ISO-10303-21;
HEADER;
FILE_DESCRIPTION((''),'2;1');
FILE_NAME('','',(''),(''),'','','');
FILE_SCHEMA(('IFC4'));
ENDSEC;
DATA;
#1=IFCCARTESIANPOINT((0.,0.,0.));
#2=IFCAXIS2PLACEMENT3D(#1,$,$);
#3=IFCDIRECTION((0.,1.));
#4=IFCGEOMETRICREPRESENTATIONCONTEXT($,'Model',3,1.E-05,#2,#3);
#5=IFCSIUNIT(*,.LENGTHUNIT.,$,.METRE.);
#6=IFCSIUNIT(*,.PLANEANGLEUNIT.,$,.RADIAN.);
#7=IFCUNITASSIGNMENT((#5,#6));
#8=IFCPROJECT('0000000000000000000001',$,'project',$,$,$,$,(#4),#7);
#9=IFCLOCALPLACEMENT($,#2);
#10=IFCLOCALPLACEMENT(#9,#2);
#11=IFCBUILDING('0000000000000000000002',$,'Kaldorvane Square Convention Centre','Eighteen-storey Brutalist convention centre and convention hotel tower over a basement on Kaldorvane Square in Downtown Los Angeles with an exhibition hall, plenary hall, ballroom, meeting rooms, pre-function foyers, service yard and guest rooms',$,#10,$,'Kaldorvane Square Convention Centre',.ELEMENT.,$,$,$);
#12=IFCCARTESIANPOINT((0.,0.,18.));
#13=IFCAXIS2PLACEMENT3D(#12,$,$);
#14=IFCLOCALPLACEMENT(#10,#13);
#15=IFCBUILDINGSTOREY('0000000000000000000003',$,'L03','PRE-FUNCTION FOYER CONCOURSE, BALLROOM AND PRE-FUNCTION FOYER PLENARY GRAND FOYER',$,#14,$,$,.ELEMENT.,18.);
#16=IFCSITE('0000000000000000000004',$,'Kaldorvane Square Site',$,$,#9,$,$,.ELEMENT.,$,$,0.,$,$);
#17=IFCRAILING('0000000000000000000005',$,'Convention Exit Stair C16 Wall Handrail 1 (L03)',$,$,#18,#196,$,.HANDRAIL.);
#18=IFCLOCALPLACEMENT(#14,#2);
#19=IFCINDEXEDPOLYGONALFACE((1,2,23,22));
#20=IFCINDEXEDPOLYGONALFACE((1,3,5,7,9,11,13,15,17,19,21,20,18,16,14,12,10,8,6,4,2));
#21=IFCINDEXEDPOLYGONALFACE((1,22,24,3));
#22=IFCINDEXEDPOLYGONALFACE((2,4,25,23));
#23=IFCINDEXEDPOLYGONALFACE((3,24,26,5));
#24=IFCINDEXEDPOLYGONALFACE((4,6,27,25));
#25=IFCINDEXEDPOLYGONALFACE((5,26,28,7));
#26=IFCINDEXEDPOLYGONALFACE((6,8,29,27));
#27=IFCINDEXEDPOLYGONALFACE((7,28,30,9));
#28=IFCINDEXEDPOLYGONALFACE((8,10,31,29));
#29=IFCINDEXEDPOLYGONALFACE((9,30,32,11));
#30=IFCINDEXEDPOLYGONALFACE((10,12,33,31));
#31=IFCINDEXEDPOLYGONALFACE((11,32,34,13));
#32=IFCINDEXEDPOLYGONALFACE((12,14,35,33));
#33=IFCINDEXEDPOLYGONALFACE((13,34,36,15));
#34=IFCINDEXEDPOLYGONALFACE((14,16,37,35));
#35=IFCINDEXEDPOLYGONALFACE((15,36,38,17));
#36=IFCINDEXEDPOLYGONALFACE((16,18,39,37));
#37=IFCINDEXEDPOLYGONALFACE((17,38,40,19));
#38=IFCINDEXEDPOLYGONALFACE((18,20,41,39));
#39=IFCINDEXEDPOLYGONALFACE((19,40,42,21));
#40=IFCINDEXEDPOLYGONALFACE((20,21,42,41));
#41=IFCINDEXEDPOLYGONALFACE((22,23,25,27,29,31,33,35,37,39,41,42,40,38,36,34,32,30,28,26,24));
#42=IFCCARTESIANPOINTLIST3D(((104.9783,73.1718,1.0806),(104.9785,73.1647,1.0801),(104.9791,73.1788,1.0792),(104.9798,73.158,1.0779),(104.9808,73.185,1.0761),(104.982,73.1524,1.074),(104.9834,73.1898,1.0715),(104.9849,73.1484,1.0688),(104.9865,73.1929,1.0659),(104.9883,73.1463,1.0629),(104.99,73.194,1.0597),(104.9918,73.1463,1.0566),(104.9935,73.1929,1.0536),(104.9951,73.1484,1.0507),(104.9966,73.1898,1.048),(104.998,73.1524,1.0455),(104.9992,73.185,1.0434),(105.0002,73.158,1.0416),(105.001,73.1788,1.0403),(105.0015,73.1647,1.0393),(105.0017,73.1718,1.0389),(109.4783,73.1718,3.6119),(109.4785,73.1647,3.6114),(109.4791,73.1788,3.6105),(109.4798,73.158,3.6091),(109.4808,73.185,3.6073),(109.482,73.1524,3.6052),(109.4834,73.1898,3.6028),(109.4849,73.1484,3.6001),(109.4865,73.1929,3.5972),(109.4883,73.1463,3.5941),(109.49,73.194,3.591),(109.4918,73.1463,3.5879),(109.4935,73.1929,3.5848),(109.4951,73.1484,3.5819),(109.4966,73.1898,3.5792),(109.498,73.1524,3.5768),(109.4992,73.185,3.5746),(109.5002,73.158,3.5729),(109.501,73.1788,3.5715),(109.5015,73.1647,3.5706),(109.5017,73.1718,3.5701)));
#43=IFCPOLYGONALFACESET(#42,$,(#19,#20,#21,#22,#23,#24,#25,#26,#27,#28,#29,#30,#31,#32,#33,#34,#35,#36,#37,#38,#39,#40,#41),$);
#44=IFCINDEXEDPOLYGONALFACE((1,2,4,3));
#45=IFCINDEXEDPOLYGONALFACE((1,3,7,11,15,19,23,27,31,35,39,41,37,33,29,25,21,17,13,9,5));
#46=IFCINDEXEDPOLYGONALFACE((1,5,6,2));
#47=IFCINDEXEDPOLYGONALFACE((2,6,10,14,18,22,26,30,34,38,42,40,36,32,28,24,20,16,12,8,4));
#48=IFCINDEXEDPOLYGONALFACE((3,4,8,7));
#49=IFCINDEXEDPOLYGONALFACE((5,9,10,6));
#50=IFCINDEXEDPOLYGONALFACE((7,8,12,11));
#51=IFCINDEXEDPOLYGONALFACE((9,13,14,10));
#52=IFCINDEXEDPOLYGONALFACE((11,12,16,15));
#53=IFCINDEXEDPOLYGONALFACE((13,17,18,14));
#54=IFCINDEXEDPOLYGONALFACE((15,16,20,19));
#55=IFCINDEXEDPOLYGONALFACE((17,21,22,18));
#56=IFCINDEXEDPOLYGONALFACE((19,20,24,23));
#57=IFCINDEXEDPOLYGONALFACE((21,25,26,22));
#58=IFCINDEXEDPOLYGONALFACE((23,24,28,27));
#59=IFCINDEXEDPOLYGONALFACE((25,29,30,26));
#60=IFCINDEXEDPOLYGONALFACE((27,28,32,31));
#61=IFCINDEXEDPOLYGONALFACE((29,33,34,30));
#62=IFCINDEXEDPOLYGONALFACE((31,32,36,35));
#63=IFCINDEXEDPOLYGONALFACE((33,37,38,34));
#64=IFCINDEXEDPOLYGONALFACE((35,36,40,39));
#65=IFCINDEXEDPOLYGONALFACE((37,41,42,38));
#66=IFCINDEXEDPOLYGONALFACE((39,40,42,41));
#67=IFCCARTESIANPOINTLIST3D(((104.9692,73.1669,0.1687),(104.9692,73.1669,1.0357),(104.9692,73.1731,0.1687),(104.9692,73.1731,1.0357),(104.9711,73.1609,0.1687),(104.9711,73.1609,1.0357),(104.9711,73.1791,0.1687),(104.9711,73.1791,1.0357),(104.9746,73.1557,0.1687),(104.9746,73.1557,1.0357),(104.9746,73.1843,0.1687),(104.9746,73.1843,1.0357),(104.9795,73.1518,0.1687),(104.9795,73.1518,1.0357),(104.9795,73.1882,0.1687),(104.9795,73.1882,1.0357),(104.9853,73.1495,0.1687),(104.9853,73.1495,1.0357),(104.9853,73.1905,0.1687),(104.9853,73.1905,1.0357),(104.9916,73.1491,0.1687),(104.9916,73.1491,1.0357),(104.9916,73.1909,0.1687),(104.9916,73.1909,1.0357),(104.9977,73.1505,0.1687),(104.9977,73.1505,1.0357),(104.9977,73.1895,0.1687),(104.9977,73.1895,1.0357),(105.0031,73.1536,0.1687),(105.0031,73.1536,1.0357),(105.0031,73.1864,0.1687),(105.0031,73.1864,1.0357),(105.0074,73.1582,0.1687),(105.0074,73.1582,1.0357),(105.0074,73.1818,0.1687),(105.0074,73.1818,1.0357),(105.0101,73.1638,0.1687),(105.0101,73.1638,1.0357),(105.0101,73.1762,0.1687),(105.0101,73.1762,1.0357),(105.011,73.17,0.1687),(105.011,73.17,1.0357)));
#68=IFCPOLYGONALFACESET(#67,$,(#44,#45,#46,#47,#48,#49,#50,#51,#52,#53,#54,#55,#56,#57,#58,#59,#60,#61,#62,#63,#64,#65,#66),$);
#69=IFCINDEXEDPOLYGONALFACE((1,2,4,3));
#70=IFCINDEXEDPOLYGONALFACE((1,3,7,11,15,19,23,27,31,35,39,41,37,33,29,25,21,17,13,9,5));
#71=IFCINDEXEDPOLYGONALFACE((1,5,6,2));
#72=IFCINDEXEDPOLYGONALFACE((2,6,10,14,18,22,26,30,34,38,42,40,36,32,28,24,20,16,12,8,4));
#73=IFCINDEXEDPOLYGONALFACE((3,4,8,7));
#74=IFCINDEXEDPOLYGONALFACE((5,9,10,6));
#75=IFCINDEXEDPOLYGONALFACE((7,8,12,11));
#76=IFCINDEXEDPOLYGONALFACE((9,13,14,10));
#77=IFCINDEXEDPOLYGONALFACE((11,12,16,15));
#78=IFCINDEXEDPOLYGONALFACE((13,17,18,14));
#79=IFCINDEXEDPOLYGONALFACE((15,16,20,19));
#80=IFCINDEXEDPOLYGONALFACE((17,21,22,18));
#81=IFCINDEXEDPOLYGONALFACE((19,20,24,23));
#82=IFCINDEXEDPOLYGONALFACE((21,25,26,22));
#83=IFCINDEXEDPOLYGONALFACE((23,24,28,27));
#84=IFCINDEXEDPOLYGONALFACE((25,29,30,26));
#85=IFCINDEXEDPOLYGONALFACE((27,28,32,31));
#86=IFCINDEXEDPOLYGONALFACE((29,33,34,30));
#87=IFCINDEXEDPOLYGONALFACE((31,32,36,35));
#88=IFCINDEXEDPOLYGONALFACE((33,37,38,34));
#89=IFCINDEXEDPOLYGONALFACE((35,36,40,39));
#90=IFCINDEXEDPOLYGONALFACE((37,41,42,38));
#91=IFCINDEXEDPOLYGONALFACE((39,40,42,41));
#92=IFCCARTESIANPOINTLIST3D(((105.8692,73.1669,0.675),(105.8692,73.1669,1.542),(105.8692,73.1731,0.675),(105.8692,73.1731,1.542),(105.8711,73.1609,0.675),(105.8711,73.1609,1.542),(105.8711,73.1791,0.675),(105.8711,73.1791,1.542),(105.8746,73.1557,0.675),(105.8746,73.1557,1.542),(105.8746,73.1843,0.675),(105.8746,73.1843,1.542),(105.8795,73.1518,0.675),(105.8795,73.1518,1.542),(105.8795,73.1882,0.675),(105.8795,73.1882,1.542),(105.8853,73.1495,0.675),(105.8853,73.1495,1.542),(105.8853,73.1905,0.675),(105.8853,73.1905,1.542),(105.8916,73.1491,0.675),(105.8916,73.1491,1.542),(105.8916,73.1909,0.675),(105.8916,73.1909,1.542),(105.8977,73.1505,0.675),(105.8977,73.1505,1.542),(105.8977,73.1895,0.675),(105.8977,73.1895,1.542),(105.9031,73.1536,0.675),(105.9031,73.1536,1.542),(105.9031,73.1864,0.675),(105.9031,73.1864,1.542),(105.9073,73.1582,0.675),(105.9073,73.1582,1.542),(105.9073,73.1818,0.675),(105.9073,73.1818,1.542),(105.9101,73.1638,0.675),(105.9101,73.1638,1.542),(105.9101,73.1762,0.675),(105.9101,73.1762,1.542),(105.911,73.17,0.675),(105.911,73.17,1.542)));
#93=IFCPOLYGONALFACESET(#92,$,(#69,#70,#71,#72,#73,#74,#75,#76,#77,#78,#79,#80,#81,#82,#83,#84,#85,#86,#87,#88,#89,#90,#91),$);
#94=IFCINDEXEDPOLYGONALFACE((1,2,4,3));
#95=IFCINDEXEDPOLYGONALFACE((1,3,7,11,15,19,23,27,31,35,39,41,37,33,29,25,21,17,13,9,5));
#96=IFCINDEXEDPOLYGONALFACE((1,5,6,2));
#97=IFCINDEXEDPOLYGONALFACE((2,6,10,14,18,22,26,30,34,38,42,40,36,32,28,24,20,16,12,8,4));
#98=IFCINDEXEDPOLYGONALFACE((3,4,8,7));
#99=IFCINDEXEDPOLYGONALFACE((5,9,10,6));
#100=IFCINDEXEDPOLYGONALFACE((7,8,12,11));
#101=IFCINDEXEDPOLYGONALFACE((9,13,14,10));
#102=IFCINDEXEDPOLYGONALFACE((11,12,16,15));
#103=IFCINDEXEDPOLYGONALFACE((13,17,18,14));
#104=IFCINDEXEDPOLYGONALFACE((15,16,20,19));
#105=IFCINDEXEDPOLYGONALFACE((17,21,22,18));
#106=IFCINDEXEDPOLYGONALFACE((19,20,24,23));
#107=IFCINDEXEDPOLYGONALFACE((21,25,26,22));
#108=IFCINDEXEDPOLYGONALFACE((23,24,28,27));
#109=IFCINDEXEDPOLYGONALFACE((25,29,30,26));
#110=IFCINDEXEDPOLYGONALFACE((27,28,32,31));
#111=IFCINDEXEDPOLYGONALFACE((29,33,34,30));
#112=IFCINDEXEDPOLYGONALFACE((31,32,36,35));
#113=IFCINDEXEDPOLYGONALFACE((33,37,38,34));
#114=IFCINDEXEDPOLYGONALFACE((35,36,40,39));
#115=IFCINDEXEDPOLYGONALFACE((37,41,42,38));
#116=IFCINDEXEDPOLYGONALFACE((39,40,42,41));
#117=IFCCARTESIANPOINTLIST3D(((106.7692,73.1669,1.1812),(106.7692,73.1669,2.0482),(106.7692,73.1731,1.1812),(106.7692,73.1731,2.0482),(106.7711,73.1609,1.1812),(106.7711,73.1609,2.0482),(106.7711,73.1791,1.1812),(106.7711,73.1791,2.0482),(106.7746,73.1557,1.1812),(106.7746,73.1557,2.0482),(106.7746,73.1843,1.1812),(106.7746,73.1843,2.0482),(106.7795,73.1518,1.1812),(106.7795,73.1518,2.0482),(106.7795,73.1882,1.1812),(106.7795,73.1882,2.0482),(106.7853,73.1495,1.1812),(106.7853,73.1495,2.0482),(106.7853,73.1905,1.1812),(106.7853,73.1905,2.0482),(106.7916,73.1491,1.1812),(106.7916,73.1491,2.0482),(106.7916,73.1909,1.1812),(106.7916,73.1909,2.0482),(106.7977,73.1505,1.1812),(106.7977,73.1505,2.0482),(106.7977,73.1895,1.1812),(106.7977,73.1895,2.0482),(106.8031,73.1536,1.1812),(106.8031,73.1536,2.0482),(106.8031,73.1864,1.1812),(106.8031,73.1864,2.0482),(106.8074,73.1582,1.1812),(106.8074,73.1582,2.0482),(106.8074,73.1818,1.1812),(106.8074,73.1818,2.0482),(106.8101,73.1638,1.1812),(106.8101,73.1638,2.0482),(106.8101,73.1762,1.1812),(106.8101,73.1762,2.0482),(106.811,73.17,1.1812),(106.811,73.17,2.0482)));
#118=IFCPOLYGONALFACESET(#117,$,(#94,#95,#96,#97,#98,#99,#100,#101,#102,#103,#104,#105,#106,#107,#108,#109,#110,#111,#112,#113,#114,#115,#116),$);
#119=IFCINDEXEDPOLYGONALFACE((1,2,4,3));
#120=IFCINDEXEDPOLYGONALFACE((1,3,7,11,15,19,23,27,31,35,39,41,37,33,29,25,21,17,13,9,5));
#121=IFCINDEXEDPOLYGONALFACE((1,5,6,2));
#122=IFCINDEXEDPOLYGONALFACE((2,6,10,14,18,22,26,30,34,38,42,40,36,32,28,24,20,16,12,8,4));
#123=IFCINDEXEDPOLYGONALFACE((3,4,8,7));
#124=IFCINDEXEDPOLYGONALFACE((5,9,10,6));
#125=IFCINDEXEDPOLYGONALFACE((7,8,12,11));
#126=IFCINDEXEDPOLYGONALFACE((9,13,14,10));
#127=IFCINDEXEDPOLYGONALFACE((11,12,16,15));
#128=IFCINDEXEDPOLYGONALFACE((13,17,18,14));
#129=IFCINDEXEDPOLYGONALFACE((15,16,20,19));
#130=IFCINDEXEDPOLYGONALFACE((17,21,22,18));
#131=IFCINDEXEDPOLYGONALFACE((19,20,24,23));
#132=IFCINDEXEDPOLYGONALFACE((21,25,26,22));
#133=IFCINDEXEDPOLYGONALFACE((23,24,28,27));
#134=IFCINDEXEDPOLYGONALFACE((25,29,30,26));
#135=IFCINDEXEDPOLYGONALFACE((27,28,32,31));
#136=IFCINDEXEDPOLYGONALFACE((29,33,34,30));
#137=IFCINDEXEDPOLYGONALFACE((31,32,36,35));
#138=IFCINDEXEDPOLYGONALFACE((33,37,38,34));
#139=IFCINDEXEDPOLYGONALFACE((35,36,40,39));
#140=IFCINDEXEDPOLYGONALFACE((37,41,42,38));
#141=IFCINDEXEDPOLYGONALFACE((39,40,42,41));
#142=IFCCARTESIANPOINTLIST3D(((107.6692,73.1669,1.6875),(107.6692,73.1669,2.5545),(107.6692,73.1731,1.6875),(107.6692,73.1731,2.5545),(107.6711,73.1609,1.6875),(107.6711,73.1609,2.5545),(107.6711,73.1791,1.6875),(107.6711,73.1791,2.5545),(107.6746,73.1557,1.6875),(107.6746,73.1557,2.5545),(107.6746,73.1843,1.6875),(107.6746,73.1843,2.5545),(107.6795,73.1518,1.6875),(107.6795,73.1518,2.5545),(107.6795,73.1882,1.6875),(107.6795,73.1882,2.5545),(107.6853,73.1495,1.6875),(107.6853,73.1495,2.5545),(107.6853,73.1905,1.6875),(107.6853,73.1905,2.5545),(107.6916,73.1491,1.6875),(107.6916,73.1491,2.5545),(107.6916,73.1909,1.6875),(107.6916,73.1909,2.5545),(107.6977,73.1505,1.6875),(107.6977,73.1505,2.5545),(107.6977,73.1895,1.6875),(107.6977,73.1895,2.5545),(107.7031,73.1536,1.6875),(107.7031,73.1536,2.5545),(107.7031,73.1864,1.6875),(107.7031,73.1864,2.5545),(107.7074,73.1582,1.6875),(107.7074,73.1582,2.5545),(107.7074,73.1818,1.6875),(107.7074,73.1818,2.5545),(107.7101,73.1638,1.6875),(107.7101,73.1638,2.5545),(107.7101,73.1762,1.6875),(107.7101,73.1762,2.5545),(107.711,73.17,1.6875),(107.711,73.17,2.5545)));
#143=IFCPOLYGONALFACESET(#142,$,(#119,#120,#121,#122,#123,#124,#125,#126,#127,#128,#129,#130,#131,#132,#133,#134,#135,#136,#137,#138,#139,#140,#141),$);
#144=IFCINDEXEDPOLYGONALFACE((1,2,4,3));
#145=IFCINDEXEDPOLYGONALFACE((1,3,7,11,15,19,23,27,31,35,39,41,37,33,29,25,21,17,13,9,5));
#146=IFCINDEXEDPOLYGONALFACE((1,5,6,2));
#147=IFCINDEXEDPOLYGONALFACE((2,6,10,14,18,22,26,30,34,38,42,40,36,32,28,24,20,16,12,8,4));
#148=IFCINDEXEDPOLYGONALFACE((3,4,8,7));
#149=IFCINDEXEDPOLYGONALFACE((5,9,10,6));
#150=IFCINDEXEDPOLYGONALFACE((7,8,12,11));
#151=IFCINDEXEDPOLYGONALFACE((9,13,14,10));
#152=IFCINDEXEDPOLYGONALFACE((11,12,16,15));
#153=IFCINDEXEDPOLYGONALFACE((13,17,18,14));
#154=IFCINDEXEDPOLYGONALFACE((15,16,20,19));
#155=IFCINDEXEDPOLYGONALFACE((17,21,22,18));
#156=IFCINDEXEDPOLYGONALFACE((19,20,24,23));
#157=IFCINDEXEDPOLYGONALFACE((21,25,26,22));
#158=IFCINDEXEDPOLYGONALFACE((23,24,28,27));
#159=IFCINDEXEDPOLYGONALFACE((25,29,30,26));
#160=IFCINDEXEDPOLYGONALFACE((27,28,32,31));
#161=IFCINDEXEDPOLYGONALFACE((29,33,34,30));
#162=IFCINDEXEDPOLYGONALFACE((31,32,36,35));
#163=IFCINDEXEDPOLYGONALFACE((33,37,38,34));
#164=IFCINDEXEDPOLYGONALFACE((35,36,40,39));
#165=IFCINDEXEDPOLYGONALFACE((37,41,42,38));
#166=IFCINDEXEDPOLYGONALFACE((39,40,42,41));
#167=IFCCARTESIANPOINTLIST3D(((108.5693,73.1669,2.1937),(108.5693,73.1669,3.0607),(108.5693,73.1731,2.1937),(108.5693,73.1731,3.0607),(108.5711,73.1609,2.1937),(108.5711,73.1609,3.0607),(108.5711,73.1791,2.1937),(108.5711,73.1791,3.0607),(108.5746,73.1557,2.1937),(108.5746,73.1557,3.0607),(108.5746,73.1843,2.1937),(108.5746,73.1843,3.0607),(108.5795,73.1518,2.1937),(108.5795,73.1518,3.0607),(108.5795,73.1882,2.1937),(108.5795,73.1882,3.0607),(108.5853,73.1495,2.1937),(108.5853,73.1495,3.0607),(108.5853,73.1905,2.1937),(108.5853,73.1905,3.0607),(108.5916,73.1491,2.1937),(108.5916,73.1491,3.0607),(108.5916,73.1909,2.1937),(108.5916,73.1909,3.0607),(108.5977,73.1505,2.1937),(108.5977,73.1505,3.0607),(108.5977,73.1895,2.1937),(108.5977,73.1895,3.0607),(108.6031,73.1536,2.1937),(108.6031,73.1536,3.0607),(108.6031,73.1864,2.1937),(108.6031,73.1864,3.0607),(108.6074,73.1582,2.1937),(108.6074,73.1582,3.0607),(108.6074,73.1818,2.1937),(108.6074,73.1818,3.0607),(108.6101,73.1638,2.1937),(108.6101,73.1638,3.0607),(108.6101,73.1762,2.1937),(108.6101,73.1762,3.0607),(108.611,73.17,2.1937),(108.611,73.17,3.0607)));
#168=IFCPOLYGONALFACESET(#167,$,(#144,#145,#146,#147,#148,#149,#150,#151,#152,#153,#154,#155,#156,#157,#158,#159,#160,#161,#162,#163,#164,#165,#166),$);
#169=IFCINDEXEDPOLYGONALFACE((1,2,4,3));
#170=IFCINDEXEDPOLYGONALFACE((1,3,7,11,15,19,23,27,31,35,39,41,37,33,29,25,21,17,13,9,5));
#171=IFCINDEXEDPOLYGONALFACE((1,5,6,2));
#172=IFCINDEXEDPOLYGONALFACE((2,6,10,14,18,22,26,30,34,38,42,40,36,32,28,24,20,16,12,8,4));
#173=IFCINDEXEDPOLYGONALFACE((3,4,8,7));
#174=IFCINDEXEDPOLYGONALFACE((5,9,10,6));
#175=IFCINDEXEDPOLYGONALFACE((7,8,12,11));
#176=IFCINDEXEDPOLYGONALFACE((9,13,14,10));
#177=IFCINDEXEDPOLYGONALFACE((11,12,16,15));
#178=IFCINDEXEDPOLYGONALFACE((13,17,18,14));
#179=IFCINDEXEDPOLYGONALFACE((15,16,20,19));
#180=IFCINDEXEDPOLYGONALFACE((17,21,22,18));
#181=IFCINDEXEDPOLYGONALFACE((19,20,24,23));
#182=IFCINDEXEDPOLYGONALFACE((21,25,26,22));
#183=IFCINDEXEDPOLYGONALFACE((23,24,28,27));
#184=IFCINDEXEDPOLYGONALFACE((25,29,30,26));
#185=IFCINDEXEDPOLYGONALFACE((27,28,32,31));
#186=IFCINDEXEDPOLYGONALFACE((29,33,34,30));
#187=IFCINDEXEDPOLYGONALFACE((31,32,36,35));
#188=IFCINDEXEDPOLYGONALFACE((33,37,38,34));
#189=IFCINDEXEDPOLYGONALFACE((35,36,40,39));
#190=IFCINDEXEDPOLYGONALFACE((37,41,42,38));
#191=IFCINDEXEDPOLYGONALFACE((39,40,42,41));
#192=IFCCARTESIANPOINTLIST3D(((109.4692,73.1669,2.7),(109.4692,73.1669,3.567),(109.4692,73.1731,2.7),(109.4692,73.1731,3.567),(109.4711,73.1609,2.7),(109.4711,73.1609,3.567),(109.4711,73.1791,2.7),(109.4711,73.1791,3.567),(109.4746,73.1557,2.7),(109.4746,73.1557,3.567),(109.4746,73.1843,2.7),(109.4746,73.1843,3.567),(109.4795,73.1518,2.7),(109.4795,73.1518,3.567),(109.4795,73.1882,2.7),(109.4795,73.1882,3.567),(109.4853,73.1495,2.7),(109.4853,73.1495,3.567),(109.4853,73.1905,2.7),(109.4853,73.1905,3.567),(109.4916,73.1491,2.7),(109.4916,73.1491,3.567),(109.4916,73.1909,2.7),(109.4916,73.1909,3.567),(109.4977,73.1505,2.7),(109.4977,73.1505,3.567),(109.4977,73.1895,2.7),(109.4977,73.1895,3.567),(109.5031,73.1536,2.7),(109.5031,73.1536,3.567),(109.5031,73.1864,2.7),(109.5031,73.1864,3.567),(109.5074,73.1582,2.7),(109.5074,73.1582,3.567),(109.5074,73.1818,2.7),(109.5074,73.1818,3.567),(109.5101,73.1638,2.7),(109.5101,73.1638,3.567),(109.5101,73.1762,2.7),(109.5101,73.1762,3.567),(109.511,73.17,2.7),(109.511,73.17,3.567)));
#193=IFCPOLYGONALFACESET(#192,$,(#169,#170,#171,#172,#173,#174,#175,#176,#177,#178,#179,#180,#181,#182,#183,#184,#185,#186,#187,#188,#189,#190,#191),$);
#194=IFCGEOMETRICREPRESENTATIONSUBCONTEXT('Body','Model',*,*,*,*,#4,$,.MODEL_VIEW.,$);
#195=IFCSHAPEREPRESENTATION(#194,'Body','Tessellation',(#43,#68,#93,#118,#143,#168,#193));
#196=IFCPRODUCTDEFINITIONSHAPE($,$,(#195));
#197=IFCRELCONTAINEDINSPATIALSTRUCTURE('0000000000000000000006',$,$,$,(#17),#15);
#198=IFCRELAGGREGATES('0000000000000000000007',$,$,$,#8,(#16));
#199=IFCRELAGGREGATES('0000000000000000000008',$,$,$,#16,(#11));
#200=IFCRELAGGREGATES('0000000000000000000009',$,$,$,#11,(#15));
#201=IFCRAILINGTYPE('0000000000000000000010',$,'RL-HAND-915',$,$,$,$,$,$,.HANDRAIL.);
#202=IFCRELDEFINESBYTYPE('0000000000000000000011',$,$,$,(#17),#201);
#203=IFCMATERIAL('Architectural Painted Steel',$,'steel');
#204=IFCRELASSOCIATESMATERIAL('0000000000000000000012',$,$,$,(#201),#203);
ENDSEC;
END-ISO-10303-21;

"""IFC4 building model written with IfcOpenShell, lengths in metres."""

from ifc_helpers import new_model, si_unit, direction, frame, origin, origin_2d, place, context, subcontext, project, spatial, circle, extrude, material, type_object, element, save


model = new_model("IFC4")

# Units and contexts
model_context = context("Model", 3, precision=1e-05, world=origin(), true_north=direction((0.0, 1.0)))
body_context = subcontext(model_context, "Body", "Model", "MODEL_VIEW")
ifc_project = project(units=[si_unit("LENGTHUNIT", "METRE"), si_unit("PLANEANGLEUNIT", "RADIAN")], contexts=[model_context])

# Site, building, storey
site_placement = place(None, origin())
site = spatial("IfcSite", under=ifc_project, at=site_placement, Name="Kaldorvane Square Site", CompositionType="ELEMENT", RefElevation=0.0)
building_placement = place(site_placement, origin())
building = spatial("IfcBuilding", under=site, at=building_placement, Name="Kaldorvane Square Convention Centre", Description="Eighteen-storey Brutalist convention centre and convention hotel tower over a basement on Kaldorvane Square in Downtown Los Angeles with an exhibition hall, plenary hall, ballroom, meeting rooms, pre-function foyers, service yard and guest rooms", LongName="Kaldorvane Square Convention Centre", CompositionType="ELEMENT")
storey_placement = place(building_placement, frame((0.0, 0.0, 18.0)))
storey = spatial("IfcBuildingStorey", under=building, at=storey_placement, Name="L03", Description="PRE-FUNCTION FOYER CONCOURSE, BALLROOM AND PRE-FUNCTION FOYER PLENARY GRAND FOYER", CompositionType="ELEMENT", Elevation=18.0)

# Railing
ifc_material_1 = material(Name="Architectural Painted Steel", Category="steel")
railing_type_1 = type_object("IfcRailingType", Name="RL-HAND-915", PredefinedType="HANDRAIL", material=ifc_material_1)
railing_1_placement = place(storey_placement, frame((104.99, 73.17, 0.1687)))
element("IfcRailing", 1, at=railing_1_placement, inside=storey, type_object=railing_type_1, Name="Convention Exit Stair C16 Wall Handrail 1 (L03)", PredefinedType="HANDRAIL", context=body_context, shape_type="SweptSolid", body=[
    extrude(circle(Radius=0.024, at=origin_2d()), frame((0.0, 0.0, 0.891), z_axis=(0.871576, 0.0, 0.490261), x_axis=(0.0, 1.0, 0.0)), (0.0, 0.0, 1.0), 5.1631),
    extrude(circle(Radius=0.021, at=origin_2d()), origin(), (0.0, 0.0, 1.0), 0.867),
    extrude(circle(Radius=0.021, at=origin_2d()), frame((0.9, 0.0, 0.5063)), (0.0, 0.0, 1.0), 0.867),
    extrude(circle(Radius=0.021, at=origin_2d()), frame((1.8, 0.0, 1.0125)), (0.0, 0.0, 1.0), 0.867),
    extrude(circle(Radius=0.021, at=origin_2d()), frame((2.7, 0.0, 1.5188)), (0.0, 0.0, 1.0), 0.867),
    extrude(circle(Radius=0.021, at=origin_2d()), frame((3.6, 0.0, 2.025)), (0.0, 0.0, 1.0), 0.867),
    extrude(circle(Radius=0.021, at=origin_2d()), frame((4.5, 0.0, 2.5312)), (0.0, 0.0, 1.0), 0.867),
])

save(model, "model.ifc")
